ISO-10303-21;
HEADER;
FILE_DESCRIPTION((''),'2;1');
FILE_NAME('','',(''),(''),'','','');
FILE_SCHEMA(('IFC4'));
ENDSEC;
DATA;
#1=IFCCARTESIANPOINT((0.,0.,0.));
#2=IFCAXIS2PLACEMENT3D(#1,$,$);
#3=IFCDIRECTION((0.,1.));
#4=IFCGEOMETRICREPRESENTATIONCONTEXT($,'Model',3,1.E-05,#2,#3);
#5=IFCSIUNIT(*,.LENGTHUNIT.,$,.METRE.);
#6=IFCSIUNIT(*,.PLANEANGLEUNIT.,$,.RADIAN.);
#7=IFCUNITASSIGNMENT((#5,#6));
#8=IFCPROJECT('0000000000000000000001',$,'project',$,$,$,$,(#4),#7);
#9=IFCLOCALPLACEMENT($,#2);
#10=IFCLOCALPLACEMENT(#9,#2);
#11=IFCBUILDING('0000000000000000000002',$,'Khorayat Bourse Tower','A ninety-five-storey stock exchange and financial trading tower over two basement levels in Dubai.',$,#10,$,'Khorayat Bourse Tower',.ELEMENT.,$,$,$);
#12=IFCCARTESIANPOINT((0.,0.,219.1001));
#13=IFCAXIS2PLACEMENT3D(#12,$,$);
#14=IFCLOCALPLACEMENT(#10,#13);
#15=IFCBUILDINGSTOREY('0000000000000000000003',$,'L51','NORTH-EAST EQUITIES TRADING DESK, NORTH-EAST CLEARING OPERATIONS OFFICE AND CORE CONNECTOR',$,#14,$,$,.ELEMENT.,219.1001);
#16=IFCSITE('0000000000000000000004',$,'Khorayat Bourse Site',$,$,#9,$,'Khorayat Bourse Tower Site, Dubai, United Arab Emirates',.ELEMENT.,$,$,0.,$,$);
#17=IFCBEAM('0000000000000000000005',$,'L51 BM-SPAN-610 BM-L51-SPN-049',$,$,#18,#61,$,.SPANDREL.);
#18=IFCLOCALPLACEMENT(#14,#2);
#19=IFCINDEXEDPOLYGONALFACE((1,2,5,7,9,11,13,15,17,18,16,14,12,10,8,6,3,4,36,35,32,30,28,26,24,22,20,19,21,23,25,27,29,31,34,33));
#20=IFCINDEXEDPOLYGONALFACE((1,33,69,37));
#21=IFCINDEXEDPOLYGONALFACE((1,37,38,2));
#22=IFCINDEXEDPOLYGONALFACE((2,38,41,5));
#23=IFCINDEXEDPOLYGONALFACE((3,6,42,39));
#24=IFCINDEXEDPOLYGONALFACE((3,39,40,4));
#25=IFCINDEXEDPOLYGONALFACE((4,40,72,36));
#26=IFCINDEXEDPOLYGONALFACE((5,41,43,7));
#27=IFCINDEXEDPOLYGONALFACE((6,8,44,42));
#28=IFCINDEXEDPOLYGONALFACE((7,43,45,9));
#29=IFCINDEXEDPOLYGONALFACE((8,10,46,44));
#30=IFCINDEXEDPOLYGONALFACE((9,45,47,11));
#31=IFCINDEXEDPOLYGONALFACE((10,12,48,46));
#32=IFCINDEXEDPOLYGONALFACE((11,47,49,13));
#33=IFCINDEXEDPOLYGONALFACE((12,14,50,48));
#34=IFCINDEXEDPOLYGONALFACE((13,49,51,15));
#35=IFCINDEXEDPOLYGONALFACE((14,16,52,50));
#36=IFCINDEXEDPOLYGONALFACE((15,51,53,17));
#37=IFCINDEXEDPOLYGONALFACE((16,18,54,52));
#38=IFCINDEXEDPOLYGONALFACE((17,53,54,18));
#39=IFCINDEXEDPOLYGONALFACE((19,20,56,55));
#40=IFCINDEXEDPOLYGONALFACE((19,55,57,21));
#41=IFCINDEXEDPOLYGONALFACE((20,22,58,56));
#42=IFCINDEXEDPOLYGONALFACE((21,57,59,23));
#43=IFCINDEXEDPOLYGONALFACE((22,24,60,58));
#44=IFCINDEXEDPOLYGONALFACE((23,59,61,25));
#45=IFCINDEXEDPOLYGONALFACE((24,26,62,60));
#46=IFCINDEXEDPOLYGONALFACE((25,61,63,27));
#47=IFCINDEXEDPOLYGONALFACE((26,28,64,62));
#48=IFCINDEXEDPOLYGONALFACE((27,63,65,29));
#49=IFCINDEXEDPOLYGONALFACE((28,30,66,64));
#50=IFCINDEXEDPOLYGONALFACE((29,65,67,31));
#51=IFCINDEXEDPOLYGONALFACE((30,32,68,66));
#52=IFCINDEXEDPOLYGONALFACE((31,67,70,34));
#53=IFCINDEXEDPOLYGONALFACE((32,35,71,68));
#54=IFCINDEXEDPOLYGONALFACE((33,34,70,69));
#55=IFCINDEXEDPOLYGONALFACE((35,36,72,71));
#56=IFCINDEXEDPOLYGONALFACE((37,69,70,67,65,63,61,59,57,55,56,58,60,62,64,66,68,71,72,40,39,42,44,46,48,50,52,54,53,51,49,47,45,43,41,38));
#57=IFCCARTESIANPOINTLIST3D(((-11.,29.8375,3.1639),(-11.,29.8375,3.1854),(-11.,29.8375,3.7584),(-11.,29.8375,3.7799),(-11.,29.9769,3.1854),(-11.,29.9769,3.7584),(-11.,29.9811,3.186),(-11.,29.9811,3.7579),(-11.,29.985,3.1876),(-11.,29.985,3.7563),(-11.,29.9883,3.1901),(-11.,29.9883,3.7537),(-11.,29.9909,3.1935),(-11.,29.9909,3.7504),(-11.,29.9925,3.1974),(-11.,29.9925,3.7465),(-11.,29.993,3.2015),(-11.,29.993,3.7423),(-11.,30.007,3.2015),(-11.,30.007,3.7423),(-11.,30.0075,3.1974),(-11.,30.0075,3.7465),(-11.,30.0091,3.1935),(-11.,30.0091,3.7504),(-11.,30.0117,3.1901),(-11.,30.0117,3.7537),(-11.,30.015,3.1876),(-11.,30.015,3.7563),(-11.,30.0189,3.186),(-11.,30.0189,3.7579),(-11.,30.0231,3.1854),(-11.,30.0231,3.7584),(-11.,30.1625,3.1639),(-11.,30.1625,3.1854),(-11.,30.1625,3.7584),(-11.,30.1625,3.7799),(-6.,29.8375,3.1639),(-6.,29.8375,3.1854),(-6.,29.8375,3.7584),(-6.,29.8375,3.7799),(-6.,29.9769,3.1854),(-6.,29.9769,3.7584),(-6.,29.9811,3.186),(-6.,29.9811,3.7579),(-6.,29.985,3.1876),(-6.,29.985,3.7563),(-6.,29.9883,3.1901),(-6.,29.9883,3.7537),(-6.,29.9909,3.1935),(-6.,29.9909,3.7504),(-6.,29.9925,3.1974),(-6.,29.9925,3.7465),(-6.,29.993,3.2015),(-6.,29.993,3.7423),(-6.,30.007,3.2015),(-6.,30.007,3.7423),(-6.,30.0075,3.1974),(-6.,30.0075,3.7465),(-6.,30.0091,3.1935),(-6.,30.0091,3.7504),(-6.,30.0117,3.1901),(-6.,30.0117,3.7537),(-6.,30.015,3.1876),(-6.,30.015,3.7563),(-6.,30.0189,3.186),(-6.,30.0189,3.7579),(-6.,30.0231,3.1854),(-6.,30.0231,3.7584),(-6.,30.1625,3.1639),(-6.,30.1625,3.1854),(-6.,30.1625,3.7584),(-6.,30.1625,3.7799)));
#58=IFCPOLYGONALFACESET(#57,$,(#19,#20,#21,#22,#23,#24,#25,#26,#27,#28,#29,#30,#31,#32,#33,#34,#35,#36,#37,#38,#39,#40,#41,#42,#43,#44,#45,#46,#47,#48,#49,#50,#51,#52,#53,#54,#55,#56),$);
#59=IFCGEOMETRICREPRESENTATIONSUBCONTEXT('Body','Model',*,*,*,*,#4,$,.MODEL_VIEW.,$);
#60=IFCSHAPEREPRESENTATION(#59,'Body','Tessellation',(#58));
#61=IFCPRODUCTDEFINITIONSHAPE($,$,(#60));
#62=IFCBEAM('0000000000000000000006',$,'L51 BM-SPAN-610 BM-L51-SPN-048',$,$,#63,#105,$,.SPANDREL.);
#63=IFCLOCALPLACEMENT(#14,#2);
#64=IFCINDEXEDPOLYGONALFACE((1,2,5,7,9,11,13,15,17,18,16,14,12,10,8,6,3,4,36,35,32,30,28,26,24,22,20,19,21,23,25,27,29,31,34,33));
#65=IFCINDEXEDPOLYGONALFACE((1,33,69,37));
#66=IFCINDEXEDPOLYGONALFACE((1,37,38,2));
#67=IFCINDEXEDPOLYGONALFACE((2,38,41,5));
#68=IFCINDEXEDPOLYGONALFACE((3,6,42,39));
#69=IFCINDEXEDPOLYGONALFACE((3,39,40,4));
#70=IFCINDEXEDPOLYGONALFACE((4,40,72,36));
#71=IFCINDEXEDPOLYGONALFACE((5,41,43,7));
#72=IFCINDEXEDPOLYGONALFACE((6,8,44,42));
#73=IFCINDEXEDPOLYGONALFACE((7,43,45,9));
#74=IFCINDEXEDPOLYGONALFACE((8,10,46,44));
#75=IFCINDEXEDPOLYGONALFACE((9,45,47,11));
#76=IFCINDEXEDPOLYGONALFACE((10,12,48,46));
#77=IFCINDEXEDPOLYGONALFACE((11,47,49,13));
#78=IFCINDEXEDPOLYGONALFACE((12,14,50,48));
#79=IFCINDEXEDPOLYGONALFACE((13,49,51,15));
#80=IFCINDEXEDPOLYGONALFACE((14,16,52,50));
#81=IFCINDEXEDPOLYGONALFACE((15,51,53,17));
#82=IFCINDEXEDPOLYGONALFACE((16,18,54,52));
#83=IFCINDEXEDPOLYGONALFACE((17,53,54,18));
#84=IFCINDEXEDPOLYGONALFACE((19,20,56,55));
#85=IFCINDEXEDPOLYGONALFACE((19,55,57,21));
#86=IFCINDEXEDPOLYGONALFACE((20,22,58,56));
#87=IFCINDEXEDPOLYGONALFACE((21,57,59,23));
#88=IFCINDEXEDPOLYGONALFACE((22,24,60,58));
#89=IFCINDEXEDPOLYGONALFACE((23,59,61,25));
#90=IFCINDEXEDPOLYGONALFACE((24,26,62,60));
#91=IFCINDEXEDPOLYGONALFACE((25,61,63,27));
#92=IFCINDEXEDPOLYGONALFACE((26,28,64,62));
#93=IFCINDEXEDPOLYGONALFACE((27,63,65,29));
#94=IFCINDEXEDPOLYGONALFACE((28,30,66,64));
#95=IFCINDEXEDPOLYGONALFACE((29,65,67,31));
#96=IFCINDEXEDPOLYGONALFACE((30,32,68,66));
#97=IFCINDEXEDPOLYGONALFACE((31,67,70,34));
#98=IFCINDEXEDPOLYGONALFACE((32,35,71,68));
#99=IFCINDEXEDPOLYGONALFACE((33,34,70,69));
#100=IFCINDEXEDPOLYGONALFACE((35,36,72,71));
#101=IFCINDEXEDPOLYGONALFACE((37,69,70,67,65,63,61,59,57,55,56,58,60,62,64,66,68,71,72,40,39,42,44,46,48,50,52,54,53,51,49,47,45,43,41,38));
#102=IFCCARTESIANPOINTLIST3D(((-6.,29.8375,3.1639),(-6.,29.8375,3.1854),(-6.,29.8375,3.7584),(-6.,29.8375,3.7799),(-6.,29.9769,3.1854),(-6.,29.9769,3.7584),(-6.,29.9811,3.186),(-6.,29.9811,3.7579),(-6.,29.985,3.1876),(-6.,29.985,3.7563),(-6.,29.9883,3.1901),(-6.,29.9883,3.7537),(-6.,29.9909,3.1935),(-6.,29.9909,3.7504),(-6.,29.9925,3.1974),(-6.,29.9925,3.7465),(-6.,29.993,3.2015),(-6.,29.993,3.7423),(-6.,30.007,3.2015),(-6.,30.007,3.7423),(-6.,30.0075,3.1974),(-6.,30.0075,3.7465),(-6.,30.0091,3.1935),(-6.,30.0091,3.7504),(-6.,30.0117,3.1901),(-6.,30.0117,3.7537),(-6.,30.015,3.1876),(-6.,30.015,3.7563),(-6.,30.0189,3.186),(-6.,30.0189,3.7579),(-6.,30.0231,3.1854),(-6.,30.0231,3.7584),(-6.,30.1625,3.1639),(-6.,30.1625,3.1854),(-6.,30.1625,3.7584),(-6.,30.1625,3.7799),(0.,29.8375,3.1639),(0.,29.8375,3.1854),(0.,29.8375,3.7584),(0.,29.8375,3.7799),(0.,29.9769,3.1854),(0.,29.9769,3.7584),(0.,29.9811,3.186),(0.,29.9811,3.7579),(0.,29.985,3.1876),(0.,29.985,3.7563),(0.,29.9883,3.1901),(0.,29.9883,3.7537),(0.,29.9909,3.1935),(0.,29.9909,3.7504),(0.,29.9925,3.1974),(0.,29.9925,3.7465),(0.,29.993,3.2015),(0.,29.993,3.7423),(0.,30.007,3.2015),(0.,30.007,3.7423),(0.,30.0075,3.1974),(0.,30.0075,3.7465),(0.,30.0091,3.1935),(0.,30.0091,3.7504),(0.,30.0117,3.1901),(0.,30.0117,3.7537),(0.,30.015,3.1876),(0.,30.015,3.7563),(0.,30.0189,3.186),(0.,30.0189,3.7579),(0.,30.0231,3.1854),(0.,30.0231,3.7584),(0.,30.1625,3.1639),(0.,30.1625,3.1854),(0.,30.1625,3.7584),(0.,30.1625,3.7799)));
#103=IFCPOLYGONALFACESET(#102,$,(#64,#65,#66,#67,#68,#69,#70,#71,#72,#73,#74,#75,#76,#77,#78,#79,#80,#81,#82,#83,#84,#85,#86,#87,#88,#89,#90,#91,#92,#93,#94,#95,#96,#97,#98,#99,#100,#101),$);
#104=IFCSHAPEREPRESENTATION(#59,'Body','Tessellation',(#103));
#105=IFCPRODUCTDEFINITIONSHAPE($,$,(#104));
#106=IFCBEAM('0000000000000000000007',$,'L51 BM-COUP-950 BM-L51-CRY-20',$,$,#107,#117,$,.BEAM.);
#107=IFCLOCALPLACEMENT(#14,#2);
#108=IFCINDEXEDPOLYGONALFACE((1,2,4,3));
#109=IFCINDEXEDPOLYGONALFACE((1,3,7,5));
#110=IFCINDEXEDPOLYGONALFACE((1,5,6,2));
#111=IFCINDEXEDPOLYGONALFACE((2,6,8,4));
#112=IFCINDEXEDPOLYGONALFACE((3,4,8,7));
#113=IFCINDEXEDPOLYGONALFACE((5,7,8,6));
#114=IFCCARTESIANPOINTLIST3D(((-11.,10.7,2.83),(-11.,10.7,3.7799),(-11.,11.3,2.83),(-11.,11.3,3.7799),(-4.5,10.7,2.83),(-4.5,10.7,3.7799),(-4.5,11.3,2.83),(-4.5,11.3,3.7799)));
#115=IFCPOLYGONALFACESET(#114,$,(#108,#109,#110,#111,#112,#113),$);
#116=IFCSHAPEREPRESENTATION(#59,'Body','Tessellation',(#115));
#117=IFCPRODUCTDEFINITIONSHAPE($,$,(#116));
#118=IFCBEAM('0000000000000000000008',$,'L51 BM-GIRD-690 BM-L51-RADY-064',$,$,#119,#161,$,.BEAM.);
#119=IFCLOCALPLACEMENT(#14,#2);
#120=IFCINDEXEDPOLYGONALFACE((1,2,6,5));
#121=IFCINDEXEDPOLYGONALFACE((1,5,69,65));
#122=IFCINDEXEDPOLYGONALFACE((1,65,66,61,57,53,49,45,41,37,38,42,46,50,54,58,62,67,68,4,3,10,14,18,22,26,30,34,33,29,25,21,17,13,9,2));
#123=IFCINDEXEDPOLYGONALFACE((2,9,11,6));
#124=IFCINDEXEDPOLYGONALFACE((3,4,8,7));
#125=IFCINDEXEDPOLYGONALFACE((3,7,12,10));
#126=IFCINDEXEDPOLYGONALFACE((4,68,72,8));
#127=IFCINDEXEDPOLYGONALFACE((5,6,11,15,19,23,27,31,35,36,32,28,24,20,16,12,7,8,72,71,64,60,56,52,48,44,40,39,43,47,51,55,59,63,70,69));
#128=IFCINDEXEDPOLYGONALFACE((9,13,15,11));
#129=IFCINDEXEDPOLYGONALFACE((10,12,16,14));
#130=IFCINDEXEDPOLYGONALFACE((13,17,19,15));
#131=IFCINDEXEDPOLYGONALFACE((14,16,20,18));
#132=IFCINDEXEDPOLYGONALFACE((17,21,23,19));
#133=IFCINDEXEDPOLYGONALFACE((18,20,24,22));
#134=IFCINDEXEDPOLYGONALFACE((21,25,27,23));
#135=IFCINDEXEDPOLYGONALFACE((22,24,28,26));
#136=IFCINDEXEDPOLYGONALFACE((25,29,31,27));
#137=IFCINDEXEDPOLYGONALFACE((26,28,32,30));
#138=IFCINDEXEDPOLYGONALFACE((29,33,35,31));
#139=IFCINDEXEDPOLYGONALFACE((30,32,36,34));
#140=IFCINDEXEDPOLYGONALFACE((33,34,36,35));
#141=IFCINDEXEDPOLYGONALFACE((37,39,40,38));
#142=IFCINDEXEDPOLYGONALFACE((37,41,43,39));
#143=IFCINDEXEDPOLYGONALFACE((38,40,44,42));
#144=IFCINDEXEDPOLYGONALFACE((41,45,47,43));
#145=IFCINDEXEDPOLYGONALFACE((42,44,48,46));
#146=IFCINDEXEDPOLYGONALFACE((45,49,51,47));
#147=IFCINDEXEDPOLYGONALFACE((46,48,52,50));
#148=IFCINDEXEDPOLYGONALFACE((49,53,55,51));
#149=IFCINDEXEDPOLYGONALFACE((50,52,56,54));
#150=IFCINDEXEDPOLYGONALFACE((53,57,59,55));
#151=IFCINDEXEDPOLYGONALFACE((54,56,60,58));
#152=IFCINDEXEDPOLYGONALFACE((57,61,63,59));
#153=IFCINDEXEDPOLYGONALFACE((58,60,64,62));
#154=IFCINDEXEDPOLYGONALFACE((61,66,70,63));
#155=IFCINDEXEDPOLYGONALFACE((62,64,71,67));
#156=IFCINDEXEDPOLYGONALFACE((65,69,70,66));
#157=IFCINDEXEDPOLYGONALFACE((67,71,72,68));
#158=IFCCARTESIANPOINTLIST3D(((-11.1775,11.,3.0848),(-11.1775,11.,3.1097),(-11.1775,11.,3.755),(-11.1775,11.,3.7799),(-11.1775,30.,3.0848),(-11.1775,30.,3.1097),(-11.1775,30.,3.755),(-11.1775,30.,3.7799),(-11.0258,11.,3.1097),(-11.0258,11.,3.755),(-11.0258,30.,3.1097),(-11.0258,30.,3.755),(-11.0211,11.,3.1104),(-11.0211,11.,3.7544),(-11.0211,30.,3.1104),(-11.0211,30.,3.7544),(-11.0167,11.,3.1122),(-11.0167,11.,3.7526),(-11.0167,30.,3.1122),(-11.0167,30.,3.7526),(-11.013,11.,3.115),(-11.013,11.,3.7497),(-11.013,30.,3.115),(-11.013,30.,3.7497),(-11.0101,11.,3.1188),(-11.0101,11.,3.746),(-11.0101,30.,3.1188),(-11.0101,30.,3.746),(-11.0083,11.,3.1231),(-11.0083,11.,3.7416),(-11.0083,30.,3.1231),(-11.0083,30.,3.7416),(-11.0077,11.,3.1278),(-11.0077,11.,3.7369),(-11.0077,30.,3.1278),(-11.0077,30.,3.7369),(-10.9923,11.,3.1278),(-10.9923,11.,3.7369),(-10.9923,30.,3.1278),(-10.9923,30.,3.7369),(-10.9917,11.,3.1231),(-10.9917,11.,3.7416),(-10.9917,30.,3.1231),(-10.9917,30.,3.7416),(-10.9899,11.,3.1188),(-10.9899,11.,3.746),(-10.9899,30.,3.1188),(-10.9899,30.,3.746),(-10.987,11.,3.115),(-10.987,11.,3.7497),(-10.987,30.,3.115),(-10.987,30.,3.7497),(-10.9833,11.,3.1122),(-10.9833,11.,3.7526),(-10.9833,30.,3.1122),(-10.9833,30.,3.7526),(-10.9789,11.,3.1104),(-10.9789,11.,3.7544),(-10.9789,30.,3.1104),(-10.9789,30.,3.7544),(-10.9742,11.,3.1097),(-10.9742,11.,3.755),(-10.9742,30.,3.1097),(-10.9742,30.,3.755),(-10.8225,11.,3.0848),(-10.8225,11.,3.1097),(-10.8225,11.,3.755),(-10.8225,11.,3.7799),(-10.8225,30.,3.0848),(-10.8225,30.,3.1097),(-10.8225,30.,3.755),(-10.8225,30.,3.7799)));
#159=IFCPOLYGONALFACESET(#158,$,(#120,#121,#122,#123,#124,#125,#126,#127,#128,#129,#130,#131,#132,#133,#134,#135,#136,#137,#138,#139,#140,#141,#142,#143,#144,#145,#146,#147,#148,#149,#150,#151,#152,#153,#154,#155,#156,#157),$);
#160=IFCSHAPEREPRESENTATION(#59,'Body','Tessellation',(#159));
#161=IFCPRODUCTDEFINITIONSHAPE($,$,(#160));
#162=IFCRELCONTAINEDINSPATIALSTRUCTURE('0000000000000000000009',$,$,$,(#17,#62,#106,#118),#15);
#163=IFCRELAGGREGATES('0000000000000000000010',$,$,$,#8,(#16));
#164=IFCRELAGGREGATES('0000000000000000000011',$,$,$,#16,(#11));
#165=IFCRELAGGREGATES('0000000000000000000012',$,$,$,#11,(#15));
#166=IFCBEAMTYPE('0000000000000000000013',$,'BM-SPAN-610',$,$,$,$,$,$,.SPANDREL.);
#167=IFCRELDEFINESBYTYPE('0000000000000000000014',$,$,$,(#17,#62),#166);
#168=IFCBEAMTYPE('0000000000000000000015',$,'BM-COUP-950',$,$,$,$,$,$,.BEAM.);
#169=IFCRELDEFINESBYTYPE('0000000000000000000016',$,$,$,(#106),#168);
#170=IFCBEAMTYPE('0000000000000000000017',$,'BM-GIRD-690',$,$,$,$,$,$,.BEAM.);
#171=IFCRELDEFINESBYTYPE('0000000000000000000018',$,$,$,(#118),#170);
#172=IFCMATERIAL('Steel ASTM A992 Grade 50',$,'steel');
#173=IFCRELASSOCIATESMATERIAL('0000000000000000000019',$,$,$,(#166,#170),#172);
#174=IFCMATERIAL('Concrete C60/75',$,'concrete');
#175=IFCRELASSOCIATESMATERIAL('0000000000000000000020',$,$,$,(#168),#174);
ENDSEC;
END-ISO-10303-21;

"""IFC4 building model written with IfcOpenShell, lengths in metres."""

from ifc_helpers import new_model, si_unit, direction, frame, origin, origin_2d, place, context, subcontext, project, spatial, rectangle, i_section, extrude, source, transform, mapped, material, material_profile, profile_set, type_object, element, save


model = new_model("IFC4")

# Units and contexts
model_context = context("Model", 3, precision=1e-05, world=origin(), true_north=direction((0.0, 1.0)))
body_context = subcontext(model_context, "Body", "Model", "MODEL_VIEW")
ifc_project = project(units=[si_unit("LENGTHUNIT", "METRE"), si_unit("PLANEANGLEUNIT", "RADIAN")], contexts=[model_context])

# Site, building, storey
site_placement = place(None, origin())
site = spatial("IfcSite", under=ifc_project, at=site_placement, Name="Khorayat Bourse Site", LongName="Khorayat Bourse Tower Site, Dubai, United Arab Emirates", CompositionType="ELEMENT", RefElevation=0.0)
building_placement = place(site_placement, origin())
building = spatial("IfcBuilding", under=site, at=building_placement, Name="Khorayat Bourse Tower", Description="A ninety-five-storey stock exchange and financial trading tower over two basement levels in Dubai.", LongName="Khorayat Bourse Tower", CompositionType="ELEMENT")
storey_placement = place(building_placement, frame((0.0, 0.0, 219.1001)))
storey = spatial("IfcBuildingStorey", under=building, at=storey_placement, Name="L51", Description="NORTH-EAST EQUITIES TRADING DESK, NORTH-EAST CLEARING OPERATIONS OFFICE AND CORE CONNECTOR", CompositionType="ELEMENT", Elevation=219.1001)

# Shared definitions
ifc_material_1 = material(Name="Concrete C60/75", Category="concrete")

# Beams
ifc_material_2 = material(Name="Steel ASTM A992 Grade 50", Category="steel")
ifc_material_profile_1 = material_profile(ifc_material_2, i_section(OverallWidth=0.325, OverallDepth=0.616, WebThickness=0.0139, FlangeThickness=0.0215, FilletRadius=0.0161, at=origin_2d()), Name="W610X174")
ifc_profile_set_1 = profile_set([ifc_material_profile_1], Name="Steel ASTM A992 Grade 50")
beam_type_1 = type_object("IfcBeamType", Name="BM-SPAN-610", PredefinedType="SPANDREL", material=ifc_profile_set_1)
shared_shape_1 = source(origin(), body_context, "Body", "SweptSolid", [
    extrude(i_section(OverallWidth=0.325, OverallDepth=0.616, WebThickness=0.0139, FlangeThickness=0.0215, FilletRadius=0.0161, at=origin_2d()), origin(), (0.0, 0.0, 1.0), 5.0),
])
beam_1_placement = place(storey_placement, frame((-11.0, 30.0, 3.4719), z_axis=(1.0, 0.0, 0.0), x_axis=(0.0, 1.0, 0.0)))
element("IfcBeam", 1, at=beam_1_placement, inside=storey, type_object=beam_type_1, Name="L51 BM-SPAN-610 BM-L51-SPN-049", PredefinedType="SPANDREL", context=body_context, shape_type="MappedRepresentation", body=[
    mapped(shared_shape_1, transform((0.0, 0.0, 0.0), scale=1.0)),
])
shared_shape_2 = source(origin(), body_context, "Body", "SweptSolid", [
    extrude(i_section(OverallWidth=0.325, OverallDepth=0.616, WebThickness=0.0139, FlangeThickness=0.0215, FilletRadius=0.0161, at=origin_2d()), origin(), (0.0, 0.0, 1.0), 6.0),
])
beam_2_placement = place(storey_placement, frame((-6.0, 30.0, 3.4719), z_axis=(1.0, 0.0, 0.0), x_axis=(0.0, 1.0, 0.0)))
element("IfcBeam", 2, at=beam_2_placement, inside=storey, type_object=beam_type_1, Name="L51 BM-SPAN-610 BM-L51-SPN-048", PredefinedType="SPANDREL", context=body_context, shape_type="MappedRepresentation", body=[
    mapped(shared_shape_2, transform((0.0, 0.0, 0.0), scale=1.0)),
])
ifc_material_profile_2 = material_profile(ifc_material_1, rectangle(XDim=0.6001, YDim=0.95, at=origin_2d()), Name="RC 600x950")
ifc_profile_set_2 = profile_set([ifc_material_profile_2], Name="Concrete C60/75")
beam_type_2 = type_object("IfcBeamType", Name="BM-COUP-950", PredefinedType="BEAM", material=ifc_profile_set_2)
shared_shape_3 = source(origin(), body_context, "Body", "SweptSolid", [
    extrude(rectangle(XDim=0.6001, YDim=0.95, at=origin_2d()), origin(), (0.0, 0.0, 1.0), 6.5),
])
beam_3_placement = place(storey_placement, frame((-11.0, 11.0, 3.3049), z_axis=(1.0, 0.0, 0.0), x_axis=(0.0, 1.0, 0.0)))
element("IfcBeam", 3, at=beam_3_placement, inside=storey, type_object=beam_type_2, Name="L51 BM-COUP-950 BM-L51-CRY-20", PredefinedType="BEAM", context=body_context, shape_type="MappedRepresentation", body=[
    mapped(shared_shape_3, transform((0.0, 0.0, 0.0), scale=1.0)),
])
ifc_material_profile_3 = material_profile(ifc_material_2, i_section(OverallWidth=0.355, OverallDepth=0.6951, WebThickness=0.0154, FlangeThickness=0.0249, FilletRadius=0.0181, at=origin_2d()), Name="W690X217")
ifc_profile_set_3 = profile_set([ifc_material_profile_3], Name="Steel ASTM A992 Grade 50")
beam_type_3 = type_object("IfcBeamType", Name="BM-GIRD-690", PredefinedType="BEAM", material=ifc_profile_set_3)
shared_shape_4 = source(origin(), body_context, "Body", "SweptSolid", [
    extrude(i_section(OverallWidth=0.355, OverallDepth=0.6951, WebThickness=0.0154, FlangeThickness=0.0249, FilletRadius=0.0181, at=origin_2d()), origin(), (0.0, 0.0, 1.0), 19.0),
])
for number, where, z_axis, x_axis, name in (
    (4, (-11.0, 11.0, 3.4324), (0.0, 1.0, 0.0), (-1.0, 0.0, 0.0), "L51 BM-GIRD-690 BM-L51-RADY-064"),
):
    element("IfcBeam", number, at=place(storey_placement, frame(where, z_axis=z_axis, x_axis=x_axis)), inside=storey, type_object=beam_type_3, Name=name, PredefinedType="BEAM", context=body_context, shape_type="MappedRepresentation", body=[
        mapped(shared_shape_4, transform((0.0, 0.0, 0.0), scale=1.0)),
    ])

save(model, "model.ifc")
